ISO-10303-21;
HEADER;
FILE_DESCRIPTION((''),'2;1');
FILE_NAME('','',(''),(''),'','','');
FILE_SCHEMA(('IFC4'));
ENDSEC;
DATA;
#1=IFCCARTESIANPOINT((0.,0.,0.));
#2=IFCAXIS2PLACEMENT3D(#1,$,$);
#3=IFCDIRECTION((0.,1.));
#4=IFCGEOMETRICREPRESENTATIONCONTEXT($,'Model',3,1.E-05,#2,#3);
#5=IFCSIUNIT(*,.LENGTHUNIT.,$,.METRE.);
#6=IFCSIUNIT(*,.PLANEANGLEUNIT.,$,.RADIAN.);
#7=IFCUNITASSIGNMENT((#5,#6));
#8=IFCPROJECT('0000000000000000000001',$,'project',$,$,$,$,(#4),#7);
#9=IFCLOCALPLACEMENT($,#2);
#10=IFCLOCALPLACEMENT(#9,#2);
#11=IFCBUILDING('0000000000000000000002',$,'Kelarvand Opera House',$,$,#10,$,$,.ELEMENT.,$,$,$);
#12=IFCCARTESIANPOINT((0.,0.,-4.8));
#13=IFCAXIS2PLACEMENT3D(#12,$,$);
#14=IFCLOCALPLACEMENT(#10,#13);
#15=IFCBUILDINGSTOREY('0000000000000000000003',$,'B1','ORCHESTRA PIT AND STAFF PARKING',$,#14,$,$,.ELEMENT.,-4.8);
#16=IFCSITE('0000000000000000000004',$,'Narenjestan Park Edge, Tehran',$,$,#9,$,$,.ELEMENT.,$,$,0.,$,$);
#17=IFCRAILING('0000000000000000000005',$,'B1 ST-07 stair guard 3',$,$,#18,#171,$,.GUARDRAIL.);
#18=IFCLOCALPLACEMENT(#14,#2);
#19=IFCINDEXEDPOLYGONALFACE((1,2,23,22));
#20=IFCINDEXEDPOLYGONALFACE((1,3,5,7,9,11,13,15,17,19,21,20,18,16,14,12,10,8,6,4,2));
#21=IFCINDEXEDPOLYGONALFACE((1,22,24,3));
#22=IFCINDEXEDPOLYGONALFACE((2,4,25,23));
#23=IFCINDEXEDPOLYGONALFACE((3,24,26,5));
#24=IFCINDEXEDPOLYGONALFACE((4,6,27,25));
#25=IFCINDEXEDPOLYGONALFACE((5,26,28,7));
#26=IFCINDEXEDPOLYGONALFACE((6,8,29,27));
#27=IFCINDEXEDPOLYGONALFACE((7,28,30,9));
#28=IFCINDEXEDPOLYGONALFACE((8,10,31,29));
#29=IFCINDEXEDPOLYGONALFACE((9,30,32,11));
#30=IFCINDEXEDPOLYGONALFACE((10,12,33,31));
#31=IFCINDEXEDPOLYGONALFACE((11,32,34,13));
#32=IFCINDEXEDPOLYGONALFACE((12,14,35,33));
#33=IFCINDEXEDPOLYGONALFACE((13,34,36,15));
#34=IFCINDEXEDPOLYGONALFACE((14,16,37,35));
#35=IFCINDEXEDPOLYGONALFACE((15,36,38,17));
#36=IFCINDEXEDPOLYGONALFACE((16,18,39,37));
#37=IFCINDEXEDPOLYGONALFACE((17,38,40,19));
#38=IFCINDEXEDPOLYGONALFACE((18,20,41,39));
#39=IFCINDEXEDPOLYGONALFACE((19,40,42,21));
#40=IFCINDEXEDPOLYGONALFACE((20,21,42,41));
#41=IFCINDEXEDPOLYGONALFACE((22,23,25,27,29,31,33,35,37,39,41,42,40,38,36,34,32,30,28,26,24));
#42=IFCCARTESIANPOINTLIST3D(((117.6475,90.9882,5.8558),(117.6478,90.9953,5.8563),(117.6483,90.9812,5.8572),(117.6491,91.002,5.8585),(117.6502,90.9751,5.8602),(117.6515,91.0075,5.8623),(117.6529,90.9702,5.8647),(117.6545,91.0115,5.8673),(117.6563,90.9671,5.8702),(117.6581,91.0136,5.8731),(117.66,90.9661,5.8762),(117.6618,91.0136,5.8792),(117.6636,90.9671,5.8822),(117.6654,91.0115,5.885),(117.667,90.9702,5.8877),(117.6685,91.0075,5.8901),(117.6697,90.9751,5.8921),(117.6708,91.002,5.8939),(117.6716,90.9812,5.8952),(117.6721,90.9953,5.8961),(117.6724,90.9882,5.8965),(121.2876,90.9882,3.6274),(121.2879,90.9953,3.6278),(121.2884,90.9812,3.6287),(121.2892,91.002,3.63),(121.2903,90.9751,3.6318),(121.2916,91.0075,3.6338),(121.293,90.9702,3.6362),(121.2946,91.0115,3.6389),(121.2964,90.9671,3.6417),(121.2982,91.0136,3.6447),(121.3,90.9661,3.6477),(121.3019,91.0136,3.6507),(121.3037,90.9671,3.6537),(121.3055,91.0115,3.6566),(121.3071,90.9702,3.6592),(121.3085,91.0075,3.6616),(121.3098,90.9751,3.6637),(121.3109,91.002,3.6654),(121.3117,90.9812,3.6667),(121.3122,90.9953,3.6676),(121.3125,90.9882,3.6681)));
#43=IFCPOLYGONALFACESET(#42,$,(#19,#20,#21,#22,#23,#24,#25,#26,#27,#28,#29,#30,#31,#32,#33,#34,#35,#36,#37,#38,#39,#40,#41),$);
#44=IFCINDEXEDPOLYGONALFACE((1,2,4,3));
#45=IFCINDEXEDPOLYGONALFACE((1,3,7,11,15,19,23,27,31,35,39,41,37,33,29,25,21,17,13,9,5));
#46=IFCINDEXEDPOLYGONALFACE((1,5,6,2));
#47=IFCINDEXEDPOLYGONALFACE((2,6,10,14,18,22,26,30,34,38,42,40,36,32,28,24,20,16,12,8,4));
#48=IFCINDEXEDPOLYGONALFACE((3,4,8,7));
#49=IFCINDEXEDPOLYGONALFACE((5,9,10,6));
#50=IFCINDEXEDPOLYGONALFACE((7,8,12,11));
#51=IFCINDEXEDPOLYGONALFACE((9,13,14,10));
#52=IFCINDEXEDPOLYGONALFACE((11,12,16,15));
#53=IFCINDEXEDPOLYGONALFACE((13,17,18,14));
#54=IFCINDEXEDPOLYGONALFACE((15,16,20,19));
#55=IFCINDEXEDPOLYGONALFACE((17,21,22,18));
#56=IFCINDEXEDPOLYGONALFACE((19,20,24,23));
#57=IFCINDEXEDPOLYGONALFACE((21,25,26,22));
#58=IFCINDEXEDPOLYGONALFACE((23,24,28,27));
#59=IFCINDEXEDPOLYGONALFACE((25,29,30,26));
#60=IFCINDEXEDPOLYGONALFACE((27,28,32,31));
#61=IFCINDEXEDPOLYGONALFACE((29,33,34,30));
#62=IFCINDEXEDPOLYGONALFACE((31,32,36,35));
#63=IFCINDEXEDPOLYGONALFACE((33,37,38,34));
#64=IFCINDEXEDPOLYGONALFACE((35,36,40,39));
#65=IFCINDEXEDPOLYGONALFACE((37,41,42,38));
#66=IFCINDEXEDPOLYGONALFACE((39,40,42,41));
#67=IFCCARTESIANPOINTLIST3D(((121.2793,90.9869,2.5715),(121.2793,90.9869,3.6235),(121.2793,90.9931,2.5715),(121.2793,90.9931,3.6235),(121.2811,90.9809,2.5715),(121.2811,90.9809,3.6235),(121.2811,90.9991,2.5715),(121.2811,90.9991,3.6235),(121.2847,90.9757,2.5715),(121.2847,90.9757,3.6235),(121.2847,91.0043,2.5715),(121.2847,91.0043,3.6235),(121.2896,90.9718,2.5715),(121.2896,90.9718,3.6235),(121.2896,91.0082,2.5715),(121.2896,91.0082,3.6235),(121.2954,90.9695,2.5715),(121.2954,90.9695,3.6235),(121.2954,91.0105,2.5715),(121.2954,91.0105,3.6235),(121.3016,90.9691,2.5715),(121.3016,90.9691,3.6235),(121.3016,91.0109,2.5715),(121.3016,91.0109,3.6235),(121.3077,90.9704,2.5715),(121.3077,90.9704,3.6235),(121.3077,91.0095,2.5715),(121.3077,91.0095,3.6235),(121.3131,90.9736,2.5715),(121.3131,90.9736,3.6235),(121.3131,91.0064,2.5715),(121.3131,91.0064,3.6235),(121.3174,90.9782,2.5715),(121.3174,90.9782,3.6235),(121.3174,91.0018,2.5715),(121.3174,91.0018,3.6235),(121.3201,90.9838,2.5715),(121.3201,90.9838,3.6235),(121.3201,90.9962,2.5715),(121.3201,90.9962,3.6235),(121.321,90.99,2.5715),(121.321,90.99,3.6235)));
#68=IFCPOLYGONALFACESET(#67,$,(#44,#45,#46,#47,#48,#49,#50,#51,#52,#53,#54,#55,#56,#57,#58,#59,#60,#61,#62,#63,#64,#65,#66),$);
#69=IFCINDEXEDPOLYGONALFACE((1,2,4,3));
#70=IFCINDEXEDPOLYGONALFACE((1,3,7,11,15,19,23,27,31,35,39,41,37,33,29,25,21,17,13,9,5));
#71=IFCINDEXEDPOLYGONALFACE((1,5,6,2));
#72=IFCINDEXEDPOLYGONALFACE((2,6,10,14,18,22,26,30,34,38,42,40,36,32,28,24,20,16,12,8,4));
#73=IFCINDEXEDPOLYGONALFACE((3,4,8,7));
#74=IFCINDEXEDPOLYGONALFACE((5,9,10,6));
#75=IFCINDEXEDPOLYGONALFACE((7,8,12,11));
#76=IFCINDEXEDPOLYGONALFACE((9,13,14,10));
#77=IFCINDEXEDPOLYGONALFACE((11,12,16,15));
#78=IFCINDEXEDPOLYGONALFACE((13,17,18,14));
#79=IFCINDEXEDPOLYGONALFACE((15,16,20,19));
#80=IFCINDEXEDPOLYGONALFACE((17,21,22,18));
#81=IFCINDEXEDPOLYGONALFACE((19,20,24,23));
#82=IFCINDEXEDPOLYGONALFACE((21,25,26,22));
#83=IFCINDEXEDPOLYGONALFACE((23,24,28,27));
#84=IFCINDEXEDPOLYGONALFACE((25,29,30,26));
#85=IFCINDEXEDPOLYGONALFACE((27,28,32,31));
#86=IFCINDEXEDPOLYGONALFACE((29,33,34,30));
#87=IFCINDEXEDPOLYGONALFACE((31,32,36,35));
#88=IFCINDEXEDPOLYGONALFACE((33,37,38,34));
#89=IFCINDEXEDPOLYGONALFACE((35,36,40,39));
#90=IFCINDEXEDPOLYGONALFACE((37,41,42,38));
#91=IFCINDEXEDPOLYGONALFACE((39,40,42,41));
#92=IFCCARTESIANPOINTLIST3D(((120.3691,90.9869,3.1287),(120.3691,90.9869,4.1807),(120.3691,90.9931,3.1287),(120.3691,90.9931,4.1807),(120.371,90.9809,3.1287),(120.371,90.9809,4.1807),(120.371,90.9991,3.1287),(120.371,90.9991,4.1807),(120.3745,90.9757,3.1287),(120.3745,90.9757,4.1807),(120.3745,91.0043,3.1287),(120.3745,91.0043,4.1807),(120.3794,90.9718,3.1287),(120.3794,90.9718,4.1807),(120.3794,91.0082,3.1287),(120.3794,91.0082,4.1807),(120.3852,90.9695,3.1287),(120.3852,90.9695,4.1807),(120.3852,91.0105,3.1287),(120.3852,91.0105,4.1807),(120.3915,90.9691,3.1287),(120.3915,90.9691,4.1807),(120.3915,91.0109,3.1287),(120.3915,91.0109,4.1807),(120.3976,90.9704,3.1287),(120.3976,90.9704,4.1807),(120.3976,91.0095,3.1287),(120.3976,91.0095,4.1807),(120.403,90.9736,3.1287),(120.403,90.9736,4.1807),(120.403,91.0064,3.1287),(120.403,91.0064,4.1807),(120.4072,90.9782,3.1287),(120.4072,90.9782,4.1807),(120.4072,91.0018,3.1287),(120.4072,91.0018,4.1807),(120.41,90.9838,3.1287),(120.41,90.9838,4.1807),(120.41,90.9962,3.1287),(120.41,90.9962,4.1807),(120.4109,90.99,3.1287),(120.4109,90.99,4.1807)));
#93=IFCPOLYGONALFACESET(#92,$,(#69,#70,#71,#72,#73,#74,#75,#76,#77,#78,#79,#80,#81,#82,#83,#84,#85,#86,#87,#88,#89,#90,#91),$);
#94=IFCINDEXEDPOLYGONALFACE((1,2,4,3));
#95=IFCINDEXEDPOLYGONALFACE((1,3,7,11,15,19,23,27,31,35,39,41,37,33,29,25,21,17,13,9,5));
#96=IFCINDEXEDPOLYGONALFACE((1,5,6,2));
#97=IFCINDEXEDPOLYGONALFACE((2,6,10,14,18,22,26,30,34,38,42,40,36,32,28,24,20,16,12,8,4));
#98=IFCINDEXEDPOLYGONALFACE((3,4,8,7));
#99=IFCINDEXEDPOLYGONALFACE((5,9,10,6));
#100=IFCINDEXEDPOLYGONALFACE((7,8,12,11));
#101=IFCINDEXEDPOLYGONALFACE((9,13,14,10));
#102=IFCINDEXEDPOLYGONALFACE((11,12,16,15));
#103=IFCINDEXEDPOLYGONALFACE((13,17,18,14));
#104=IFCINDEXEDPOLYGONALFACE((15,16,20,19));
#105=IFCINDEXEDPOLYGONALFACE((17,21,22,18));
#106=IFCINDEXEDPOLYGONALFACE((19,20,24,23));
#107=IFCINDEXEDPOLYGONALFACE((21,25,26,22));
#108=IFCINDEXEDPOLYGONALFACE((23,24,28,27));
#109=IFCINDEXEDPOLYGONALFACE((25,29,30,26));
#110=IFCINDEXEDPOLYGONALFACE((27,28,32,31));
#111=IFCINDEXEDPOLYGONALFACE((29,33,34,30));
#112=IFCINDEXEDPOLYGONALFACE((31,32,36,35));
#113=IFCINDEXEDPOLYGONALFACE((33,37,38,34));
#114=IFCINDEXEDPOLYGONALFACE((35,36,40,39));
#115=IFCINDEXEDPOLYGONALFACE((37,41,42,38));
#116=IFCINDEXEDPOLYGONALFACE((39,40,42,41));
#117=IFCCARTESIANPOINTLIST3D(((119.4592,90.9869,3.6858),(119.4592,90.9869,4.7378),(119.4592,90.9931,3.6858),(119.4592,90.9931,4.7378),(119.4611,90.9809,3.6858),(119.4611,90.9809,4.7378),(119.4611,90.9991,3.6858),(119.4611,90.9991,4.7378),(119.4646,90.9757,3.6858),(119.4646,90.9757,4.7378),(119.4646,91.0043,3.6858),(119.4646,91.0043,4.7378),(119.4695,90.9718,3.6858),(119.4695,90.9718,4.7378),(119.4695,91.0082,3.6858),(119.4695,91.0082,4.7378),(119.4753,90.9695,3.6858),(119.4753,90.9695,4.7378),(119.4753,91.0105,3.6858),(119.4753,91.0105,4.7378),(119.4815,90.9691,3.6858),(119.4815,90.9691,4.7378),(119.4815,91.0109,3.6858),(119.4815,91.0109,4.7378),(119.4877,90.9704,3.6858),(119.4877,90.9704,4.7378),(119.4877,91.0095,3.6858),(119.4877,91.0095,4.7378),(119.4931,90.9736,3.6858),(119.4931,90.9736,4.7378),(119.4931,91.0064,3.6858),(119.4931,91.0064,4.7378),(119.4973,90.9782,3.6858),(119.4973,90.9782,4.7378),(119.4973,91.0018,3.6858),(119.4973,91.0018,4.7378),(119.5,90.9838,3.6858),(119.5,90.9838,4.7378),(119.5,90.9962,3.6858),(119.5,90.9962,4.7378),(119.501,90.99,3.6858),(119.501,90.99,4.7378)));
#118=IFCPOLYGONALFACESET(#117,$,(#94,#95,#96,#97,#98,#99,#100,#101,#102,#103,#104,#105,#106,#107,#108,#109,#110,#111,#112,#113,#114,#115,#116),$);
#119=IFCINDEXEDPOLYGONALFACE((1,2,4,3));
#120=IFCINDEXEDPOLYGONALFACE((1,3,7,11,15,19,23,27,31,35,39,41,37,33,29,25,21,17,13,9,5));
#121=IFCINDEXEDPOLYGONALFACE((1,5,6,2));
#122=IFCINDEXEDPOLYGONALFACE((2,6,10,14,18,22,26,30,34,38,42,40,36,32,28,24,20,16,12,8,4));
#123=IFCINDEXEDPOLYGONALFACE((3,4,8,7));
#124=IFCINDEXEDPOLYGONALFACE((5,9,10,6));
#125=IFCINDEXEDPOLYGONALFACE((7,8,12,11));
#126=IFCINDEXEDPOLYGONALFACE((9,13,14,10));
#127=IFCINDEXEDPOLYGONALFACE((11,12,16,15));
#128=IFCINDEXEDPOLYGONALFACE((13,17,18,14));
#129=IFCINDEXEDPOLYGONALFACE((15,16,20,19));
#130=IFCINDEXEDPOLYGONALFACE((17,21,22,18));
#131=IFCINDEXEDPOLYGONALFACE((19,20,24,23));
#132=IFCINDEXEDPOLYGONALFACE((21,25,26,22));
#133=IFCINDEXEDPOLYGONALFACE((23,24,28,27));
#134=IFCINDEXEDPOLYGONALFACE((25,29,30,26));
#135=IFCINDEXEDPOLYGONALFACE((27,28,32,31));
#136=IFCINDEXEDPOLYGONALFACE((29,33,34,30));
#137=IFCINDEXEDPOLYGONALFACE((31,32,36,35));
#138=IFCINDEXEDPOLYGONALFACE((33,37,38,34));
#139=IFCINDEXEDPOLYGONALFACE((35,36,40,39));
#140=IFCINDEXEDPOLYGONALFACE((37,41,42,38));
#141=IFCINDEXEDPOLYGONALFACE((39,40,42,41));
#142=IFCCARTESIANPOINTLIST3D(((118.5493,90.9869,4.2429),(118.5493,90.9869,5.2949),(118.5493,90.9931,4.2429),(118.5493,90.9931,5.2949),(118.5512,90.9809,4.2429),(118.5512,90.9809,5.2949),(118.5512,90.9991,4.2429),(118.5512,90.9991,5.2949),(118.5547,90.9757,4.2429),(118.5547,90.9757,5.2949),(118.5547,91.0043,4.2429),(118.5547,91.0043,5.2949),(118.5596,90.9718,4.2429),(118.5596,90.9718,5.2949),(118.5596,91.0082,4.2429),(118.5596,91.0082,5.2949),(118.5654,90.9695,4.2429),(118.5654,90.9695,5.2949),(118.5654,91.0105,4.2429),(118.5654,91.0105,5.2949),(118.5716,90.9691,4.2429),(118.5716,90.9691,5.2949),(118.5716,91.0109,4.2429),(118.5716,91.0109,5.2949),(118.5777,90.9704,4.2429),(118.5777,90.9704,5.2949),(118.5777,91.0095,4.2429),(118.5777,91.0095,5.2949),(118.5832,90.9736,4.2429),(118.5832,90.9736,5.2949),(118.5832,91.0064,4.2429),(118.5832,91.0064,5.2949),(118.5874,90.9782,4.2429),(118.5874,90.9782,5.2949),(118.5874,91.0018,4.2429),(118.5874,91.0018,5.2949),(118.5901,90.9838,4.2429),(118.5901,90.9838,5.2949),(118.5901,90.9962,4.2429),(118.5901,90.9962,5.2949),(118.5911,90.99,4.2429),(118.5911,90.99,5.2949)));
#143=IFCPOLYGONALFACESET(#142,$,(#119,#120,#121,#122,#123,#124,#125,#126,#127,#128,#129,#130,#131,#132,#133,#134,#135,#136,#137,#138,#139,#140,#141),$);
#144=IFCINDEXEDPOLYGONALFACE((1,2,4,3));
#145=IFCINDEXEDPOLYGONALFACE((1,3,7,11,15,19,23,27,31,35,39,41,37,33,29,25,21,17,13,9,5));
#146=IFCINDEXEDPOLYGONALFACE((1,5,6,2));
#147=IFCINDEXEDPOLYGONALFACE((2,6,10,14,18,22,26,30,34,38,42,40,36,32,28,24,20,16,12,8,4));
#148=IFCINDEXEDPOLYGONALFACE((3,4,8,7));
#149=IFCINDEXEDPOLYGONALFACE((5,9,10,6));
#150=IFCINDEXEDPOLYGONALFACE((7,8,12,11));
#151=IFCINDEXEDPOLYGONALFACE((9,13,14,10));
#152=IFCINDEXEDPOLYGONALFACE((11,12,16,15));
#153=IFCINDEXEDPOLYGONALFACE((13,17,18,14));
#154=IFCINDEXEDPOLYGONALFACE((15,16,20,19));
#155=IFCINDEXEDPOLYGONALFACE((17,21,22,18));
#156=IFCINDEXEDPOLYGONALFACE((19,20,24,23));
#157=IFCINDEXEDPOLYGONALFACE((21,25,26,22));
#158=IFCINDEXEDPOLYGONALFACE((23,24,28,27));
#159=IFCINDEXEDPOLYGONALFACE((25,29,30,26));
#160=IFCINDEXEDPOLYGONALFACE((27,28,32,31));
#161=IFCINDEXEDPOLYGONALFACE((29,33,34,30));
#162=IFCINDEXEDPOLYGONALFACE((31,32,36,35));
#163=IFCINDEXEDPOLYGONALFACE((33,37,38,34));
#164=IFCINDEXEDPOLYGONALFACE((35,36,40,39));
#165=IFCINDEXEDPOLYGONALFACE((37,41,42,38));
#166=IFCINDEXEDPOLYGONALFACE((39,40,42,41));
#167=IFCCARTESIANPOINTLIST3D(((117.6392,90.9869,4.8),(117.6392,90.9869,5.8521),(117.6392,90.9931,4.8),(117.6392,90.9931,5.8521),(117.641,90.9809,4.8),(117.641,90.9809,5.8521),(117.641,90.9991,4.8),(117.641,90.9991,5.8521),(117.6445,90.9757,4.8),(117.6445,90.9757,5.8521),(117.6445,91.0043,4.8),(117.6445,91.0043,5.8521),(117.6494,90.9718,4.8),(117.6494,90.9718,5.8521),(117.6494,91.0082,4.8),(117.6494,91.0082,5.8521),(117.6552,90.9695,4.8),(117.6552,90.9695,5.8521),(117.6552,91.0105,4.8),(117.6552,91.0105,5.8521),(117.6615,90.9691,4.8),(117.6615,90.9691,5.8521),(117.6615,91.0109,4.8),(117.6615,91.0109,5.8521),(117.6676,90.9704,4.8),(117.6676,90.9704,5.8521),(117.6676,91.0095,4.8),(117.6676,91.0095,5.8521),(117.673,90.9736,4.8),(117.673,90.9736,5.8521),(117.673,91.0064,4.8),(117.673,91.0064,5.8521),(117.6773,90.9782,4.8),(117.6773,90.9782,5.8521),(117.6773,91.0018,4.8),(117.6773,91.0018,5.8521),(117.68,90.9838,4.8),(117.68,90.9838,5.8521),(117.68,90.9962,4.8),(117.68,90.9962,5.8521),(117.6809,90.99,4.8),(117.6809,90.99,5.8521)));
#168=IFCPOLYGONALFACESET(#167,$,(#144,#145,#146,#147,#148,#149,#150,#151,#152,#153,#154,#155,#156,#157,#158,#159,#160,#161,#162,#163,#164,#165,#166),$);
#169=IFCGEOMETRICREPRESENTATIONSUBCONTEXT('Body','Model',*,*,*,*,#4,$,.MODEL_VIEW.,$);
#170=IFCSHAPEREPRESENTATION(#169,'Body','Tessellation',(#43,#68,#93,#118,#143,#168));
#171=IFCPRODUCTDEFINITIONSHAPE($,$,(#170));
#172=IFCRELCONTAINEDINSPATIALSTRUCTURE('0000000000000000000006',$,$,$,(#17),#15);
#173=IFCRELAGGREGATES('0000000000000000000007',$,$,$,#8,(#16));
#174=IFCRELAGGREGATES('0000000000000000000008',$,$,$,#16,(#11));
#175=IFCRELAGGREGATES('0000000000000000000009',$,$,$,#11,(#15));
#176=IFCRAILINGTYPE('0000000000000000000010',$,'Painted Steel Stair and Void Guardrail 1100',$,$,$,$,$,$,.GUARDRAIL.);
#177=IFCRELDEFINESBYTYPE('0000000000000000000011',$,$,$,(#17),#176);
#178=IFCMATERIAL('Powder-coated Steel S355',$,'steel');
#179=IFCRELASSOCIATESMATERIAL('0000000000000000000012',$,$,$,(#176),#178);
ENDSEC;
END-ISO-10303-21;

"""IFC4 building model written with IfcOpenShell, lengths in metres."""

from ifc_helpers import new_model, si_unit, direction, frame, origin, origin_2d, place, context, subcontext, project, spatial, circle, extrude, material, type_object, element, save


model = new_model("IFC4")

# Units and contexts
model_context = context("Model", 3, precision=1e-05, world=origin(), true_north=direction((0.0, 1.0)))
body_context = subcontext(model_context, "Body", "Model", "MODEL_VIEW")
ifc_project = project(units=[si_unit("LENGTHUNIT", "METRE"), si_unit("PLANEANGLEUNIT", "RADIAN")], contexts=[model_context])

# Site, building, storey
site_placement = place(None, origin())
site = spatial("IfcSite", under=ifc_project, at=site_placement, Name="Narenjestan Park Edge, Tehran", CompositionType="ELEMENT", RefElevation=0.0)
building_placement = place(site_placement, origin())
building = spatial("IfcBuilding", under=site, at=building_placement, Name="Kelarvand Opera House", CompositionType="ELEMENT")
storey_placement = place(building_placement, frame((0.0, 0.0, -4.8)))
storey = spatial("IfcBuildingStorey", under=building, at=storey_placement, Name="B1", Description="ORCHESTRA PIT AND STAFF PARKING", CompositionType="ELEMENT", Elevation=-4.8)

# Railing
ifc_material_1 = material(Name="Powder-coated Steel S355", Category="steel")
railing_type_1 = type_object("IfcRailingType", Name="Painted Steel Stair and Void Guardrail 1100", PredefinedType="GUARDRAIL", material=ifc_material_1)
railing_1_placement = place(storey_placement, frame((121.3, 90.99, 2.5715)))
element("IfcRailing", 1, at=railing_1_placement, inside=storey, type_object=railing_type_1, Name="B1 ST-07 stair guard 3", PredefinedType="GUARDRAIL", context=body_context, shape_type="SweptSolid", body=[
    extrude(circle(Radius=0.0239, at=origin_2d()), frame((0.0, 0.0, 1.0762), z_axis=(-0.852866, 0.0, 0.52213), x_axis=(0.0, -1.0, 0.0)), (0.0, 0.0, 1.0), 4.2681),
    extrude(circle(Radius=0.021, at=origin_2d()), origin(), (0.0, 0.0, 1.0), 1.052),
    extrude(circle(Radius=0.021, at=origin_2d()), frame((-0.9102, 0.0, 0.5571)), (0.0, 0.0, 1.0), 1.052),
    extrude(circle(Radius=0.021, at=origin_2d()), frame((-1.8201, 0.0, 1.1143)), (0.0, 0.0, 1.0), 1.052),
    extrude(circle(Radius=0.021, at=origin_2d()), frame((-2.73, 0.0, 1.6714)), (0.0, 0.0, 1.0), 1.052),
    extrude(circle(Radius=0.021, at=origin_2d()), frame((-3.6401, 0.0, 2.2285)), (0.0, 0.0, 1.0), 1.052),
])

save(model, "model.ifc")
